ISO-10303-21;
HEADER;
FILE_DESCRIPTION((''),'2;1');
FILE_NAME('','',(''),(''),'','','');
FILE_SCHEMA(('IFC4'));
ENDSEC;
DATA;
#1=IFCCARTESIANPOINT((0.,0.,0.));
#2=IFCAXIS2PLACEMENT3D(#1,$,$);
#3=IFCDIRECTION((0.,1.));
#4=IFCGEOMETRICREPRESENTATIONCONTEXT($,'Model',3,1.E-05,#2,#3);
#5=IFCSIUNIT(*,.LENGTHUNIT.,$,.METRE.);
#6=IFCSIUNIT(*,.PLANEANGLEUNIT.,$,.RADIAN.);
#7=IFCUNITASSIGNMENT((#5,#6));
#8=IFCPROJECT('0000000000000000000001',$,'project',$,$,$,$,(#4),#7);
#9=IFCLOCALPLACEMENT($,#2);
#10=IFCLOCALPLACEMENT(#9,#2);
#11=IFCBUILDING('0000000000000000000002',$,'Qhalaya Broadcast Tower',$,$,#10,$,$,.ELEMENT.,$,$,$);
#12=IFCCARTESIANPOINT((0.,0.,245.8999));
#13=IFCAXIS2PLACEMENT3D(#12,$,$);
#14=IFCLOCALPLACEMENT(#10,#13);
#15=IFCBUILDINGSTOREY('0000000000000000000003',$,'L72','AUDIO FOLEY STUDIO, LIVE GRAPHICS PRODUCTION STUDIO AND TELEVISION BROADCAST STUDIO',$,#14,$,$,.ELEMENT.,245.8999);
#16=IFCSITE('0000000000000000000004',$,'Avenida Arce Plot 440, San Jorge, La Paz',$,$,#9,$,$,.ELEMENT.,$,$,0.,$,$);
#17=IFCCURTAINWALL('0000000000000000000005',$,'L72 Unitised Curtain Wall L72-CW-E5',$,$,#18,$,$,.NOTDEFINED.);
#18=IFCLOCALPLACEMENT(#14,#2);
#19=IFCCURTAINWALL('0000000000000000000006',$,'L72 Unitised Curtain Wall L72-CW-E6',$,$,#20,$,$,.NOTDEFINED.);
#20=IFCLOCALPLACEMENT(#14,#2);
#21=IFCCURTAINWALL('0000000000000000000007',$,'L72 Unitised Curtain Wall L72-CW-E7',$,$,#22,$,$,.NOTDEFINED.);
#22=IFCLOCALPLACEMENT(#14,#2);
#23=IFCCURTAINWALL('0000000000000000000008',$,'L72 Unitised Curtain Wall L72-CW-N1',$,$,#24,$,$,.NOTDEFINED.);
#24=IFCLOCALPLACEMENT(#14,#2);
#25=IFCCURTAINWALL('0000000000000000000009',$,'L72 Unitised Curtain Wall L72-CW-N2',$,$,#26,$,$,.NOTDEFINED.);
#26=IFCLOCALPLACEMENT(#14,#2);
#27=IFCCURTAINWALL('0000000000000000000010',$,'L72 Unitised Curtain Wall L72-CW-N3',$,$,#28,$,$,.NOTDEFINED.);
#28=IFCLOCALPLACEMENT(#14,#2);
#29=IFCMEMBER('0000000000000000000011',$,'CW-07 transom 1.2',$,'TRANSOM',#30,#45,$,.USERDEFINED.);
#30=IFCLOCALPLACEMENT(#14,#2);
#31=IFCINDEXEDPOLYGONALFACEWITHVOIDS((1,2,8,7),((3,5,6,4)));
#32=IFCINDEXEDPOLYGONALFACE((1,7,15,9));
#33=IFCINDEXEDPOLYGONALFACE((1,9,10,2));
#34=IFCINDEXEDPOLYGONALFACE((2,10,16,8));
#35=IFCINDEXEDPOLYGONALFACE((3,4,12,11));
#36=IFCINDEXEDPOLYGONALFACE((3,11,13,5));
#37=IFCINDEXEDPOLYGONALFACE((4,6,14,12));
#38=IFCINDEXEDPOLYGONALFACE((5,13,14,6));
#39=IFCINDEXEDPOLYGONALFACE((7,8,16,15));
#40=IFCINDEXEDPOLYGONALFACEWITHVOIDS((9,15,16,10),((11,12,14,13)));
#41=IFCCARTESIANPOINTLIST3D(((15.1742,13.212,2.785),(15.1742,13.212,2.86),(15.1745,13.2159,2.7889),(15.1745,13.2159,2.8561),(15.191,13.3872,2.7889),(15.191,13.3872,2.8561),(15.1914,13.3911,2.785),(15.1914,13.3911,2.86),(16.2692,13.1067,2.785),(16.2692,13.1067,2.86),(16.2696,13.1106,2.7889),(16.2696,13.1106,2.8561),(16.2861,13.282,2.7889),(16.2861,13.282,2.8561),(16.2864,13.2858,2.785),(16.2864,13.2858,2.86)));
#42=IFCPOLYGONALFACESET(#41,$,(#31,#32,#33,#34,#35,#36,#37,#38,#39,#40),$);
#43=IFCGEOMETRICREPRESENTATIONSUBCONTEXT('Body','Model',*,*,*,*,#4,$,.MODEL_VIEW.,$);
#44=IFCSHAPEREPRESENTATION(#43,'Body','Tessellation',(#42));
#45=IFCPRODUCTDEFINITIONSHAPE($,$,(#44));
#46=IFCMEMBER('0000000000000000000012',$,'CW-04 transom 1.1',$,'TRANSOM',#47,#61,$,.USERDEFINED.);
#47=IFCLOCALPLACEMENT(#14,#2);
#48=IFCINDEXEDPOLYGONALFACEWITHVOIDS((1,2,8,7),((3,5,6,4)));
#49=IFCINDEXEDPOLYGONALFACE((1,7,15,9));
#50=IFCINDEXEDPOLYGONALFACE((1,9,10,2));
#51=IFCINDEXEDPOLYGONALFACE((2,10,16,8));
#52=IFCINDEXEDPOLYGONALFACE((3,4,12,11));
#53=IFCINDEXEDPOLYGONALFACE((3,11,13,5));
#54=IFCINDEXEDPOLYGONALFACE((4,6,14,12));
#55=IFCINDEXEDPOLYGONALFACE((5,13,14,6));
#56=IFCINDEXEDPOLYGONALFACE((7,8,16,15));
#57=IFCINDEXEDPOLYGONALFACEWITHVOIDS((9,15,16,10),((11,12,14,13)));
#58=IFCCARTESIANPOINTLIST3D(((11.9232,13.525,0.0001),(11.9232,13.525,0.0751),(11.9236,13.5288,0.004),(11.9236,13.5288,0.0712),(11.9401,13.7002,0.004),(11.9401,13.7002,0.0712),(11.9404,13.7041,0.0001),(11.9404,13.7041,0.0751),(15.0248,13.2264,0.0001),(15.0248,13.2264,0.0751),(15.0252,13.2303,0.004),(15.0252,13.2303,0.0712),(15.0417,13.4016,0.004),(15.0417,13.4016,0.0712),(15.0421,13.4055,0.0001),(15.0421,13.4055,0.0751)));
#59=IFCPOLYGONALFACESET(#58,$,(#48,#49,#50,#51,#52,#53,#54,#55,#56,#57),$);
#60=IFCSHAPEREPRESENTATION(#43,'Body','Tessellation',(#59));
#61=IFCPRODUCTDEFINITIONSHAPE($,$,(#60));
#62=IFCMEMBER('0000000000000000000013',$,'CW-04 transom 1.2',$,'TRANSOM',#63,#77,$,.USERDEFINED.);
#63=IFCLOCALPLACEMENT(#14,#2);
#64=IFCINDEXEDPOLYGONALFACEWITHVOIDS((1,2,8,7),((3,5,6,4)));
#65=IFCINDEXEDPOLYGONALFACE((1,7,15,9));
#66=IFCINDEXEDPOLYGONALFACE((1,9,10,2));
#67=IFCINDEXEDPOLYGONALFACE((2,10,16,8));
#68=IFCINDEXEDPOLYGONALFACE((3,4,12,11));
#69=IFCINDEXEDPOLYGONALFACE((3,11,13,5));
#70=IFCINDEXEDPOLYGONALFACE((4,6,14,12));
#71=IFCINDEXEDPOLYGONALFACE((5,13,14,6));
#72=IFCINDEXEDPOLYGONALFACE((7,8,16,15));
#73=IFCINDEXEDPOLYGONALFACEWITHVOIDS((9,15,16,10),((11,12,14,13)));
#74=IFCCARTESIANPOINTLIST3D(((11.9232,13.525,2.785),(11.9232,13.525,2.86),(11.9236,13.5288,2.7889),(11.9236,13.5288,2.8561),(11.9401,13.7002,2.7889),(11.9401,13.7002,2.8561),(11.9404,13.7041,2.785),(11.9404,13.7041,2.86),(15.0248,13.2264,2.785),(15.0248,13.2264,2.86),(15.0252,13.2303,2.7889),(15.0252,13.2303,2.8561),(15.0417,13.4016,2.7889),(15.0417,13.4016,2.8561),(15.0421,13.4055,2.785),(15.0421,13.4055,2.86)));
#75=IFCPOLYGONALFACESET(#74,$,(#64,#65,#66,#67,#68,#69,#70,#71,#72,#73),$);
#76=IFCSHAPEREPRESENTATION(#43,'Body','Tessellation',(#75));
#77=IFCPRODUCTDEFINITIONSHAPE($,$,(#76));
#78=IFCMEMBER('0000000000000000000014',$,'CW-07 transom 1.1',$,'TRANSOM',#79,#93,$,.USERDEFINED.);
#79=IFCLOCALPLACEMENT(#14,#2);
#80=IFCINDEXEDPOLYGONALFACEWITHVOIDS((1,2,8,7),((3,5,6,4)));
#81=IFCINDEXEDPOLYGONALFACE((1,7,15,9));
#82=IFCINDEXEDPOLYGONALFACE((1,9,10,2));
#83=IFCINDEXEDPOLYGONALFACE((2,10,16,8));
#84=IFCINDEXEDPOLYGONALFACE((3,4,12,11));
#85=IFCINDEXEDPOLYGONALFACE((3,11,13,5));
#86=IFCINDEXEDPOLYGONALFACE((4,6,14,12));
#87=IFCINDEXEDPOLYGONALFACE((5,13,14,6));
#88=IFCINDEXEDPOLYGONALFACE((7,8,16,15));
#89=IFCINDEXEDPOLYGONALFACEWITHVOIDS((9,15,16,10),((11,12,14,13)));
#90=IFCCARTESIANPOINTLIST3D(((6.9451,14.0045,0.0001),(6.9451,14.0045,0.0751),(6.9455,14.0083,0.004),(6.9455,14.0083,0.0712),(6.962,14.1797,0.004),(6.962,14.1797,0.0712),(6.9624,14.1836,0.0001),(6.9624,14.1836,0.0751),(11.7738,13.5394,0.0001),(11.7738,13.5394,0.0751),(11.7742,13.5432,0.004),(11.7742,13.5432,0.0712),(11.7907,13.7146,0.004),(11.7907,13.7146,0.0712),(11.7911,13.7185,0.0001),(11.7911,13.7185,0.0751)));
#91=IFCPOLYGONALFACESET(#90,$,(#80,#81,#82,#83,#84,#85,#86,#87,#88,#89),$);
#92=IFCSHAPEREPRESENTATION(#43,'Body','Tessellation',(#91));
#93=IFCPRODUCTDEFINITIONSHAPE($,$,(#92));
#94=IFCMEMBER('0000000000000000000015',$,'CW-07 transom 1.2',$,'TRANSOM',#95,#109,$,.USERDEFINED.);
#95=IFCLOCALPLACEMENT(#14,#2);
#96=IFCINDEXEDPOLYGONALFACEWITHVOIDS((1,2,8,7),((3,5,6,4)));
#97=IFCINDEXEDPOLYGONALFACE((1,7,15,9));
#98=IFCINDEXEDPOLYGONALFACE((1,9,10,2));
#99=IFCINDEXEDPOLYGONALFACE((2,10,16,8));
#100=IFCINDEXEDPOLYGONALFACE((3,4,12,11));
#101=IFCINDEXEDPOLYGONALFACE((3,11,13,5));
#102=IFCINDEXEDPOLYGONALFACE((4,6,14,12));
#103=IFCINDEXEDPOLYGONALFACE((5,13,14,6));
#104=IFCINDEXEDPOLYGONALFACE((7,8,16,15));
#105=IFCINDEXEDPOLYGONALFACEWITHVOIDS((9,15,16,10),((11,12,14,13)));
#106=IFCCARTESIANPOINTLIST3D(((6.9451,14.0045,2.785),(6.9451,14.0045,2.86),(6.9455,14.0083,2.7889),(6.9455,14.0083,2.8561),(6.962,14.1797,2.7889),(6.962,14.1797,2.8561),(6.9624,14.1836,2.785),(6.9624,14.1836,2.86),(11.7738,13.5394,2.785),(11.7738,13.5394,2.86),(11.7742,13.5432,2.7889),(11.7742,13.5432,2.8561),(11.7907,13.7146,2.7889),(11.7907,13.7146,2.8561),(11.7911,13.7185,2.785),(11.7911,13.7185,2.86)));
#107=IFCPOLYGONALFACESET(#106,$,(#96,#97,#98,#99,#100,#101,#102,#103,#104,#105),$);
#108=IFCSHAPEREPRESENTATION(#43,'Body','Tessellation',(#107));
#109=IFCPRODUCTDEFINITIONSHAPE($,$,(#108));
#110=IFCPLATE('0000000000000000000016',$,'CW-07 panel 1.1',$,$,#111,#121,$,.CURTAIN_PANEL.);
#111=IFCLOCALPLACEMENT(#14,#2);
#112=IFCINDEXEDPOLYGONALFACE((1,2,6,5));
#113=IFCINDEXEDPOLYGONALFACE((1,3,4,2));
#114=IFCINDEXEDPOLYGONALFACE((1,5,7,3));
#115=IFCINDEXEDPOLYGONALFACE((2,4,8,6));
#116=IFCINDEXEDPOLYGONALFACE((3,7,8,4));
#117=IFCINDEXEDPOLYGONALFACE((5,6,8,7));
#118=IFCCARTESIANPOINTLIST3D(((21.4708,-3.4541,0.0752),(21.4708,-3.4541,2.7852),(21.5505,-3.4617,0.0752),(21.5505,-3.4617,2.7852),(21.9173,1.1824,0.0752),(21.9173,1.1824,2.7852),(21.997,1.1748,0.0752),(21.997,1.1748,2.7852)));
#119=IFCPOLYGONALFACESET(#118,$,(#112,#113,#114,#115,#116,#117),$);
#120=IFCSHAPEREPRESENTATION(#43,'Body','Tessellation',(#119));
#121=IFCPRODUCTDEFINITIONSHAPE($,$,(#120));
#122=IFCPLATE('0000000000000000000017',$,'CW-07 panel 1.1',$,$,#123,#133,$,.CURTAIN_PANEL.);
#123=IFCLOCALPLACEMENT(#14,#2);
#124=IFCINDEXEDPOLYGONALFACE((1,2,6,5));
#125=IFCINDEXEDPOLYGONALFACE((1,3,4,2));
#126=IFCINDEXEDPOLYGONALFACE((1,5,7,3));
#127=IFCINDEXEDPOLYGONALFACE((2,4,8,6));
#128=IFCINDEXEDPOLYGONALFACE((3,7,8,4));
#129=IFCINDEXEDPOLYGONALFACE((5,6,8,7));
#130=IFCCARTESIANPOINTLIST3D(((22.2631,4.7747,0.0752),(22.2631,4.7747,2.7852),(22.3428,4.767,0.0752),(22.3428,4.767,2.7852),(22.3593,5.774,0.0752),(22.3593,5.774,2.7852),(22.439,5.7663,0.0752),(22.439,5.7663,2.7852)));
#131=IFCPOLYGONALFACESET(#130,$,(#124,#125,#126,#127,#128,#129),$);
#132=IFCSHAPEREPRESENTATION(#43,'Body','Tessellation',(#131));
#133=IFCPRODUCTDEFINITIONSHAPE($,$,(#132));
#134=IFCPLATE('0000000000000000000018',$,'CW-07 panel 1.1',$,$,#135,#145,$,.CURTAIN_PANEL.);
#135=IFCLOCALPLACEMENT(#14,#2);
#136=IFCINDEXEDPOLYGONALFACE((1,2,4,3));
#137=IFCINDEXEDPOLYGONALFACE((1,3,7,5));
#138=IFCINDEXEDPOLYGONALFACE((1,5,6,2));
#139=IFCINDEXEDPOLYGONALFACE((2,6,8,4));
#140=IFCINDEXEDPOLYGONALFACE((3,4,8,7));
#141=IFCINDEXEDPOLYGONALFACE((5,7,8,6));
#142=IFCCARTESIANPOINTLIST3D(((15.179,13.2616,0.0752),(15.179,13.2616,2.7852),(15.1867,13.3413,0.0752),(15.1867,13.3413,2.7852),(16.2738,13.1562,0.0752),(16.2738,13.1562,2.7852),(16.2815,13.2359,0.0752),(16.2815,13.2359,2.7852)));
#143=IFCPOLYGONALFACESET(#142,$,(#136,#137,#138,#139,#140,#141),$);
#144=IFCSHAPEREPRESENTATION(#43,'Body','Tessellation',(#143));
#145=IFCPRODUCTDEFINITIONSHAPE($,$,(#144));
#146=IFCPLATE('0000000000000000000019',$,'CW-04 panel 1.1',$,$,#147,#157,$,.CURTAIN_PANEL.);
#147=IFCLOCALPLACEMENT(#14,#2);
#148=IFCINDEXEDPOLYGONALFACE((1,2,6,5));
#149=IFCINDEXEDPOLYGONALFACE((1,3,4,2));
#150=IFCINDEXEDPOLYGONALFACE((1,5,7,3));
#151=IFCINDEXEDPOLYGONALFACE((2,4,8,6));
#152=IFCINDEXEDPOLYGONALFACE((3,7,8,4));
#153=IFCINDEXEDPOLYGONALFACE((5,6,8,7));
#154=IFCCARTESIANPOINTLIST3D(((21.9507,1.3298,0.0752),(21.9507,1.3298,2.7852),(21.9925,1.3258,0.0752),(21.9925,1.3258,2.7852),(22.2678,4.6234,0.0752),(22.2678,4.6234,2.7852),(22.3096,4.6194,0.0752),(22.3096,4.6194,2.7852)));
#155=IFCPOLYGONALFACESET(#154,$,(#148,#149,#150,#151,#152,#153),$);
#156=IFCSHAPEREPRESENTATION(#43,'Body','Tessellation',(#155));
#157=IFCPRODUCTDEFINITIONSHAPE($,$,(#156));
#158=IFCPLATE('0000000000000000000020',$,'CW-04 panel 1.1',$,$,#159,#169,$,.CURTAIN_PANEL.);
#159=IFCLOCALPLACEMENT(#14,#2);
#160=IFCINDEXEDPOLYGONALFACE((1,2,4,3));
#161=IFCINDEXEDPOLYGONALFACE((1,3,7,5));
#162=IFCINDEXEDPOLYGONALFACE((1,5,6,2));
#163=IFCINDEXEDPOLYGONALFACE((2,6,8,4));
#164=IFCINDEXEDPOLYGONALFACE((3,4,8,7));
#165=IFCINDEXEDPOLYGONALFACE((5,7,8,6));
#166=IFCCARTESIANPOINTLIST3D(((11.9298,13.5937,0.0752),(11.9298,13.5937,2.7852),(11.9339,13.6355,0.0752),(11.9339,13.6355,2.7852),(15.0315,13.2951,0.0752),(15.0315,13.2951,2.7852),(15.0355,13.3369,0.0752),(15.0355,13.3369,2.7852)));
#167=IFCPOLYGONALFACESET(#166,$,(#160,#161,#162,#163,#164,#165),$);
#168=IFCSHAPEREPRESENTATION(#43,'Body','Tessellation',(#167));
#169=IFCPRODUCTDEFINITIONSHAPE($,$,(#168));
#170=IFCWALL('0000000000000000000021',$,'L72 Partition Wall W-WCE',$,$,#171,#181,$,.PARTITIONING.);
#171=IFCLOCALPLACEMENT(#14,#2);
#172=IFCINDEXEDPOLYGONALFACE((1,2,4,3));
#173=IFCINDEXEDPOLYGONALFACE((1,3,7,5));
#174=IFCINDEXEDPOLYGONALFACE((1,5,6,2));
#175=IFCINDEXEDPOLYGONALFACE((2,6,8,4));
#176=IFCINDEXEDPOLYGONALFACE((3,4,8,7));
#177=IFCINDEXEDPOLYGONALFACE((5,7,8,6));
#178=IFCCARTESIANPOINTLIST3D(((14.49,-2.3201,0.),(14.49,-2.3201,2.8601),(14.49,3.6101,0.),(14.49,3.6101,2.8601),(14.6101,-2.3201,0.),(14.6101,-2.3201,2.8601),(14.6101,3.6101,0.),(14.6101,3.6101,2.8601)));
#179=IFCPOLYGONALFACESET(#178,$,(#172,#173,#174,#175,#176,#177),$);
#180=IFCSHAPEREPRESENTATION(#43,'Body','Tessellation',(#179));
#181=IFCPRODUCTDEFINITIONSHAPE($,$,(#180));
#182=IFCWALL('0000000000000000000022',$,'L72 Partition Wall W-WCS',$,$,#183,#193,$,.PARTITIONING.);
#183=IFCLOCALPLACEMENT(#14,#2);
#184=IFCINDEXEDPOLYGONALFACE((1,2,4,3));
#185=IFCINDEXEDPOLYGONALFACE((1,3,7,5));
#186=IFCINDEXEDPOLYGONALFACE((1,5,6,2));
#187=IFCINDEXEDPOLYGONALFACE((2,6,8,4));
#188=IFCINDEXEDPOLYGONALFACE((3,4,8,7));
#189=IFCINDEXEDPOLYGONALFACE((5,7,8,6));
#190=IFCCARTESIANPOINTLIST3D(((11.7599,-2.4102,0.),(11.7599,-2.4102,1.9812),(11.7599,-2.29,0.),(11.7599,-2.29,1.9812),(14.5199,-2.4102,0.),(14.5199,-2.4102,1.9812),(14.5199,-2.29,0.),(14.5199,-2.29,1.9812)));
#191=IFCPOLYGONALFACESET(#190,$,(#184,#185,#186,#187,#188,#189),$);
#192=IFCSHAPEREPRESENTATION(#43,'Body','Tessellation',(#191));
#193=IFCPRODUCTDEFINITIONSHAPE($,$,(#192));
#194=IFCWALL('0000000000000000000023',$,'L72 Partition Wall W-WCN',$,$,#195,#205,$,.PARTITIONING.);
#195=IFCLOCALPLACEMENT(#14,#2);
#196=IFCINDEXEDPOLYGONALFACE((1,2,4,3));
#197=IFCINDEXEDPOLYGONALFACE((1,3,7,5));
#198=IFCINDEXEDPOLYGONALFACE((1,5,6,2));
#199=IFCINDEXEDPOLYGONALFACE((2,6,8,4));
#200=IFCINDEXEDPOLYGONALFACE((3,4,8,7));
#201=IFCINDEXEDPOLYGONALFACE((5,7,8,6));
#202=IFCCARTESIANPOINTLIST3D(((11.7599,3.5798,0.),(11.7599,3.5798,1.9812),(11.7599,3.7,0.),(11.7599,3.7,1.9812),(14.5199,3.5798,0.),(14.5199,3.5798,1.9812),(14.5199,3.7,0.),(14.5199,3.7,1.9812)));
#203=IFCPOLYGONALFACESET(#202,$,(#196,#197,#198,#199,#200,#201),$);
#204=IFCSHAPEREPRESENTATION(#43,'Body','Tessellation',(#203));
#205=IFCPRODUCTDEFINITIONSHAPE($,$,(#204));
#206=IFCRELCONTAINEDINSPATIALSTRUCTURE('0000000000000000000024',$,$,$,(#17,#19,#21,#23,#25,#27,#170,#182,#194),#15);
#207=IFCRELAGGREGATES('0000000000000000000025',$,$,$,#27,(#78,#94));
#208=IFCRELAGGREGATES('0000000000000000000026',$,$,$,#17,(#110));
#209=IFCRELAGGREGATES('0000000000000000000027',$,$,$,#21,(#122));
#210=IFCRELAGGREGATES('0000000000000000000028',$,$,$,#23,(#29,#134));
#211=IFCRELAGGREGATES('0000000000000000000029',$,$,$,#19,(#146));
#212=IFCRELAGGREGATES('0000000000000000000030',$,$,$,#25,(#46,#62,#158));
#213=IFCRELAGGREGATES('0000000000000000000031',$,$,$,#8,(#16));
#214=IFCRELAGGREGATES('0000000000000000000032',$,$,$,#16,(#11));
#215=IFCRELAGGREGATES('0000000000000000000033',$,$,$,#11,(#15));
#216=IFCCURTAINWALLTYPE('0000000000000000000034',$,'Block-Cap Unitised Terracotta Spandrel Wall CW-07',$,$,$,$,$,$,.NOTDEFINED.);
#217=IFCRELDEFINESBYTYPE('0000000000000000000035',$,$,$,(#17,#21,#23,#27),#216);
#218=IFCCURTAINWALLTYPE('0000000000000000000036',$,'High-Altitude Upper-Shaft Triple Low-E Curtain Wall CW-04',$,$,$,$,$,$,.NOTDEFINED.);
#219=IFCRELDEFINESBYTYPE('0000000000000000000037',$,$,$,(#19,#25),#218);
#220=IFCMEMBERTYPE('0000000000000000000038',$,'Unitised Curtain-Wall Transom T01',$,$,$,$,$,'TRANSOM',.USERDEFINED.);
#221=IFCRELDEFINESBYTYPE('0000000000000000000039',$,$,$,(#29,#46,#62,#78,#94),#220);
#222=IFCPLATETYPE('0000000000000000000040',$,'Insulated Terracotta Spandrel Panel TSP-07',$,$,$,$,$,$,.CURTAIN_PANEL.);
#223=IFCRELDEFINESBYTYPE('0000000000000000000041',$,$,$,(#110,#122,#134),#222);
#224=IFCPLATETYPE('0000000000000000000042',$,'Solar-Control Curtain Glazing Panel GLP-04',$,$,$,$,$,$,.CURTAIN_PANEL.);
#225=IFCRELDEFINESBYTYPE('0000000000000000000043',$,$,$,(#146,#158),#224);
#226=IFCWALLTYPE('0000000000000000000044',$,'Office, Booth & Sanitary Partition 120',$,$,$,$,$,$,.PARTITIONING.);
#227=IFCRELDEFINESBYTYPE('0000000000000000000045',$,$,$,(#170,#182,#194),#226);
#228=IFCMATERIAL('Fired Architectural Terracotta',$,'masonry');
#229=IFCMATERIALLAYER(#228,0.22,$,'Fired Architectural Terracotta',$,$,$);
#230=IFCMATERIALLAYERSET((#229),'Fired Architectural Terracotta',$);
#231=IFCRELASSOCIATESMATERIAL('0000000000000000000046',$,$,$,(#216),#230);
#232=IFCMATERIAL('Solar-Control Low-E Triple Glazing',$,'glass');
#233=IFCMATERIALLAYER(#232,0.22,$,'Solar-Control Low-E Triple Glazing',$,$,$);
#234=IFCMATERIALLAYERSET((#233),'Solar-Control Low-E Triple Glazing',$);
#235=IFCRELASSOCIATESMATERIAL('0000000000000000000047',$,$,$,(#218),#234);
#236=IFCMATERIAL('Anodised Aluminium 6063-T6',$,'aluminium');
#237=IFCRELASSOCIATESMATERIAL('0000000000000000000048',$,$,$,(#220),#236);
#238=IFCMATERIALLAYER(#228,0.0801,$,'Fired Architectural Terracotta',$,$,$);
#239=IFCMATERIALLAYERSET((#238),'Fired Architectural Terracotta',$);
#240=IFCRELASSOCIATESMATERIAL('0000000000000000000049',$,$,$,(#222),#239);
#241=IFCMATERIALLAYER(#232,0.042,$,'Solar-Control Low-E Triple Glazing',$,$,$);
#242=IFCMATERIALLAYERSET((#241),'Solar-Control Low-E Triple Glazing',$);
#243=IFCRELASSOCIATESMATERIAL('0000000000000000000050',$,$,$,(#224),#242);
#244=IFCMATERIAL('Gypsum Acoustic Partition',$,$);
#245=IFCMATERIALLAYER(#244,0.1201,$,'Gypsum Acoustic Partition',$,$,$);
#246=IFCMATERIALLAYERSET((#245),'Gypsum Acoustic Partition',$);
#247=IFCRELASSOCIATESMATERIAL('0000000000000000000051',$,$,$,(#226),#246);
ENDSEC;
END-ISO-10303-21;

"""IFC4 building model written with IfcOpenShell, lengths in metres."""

from ifc_helpers import new_model, si_unit, direction, frame, frame_2d, origin, origin_2d, place, context, subcontext, project, spatial, rectangle, hollow_rectangle, extrude, material, layer, layer_set, material_profile, profile_set, type_object, element, aggregate, save


model = new_model("IFC4")

# Units and contexts
model_context = context("Model", 3, precision=1e-05, world=origin(), true_north=direction((0.0, 1.0)))
body_context = subcontext(model_context, "Body", "Model", "MODEL_VIEW")
ifc_project = project(units=[si_unit("LENGTHUNIT", "METRE"), si_unit("PLANEANGLEUNIT", "RADIAN")], contexts=[model_context])

# Site, building, storey
site_placement = place(None, origin())
site = spatial("IfcSite", under=ifc_project, at=site_placement, Name="Avenida Arce Plot 440, San Jorge, La Paz", CompositionType="ELEMENT", RefElevation=0.0)
building_placement = place(site_placement, origin())
building = spatial("IfcBuilding", under=site, at=building_placement, Name="Qhalaya Broadcast Tower", CompositionType="ELEMENT")
storey_placement = place(building_placement, frame((0.0, 0.0, 245.8999)))
storey = spatial("IfcBuildingStorey", under=building, at=storey_placement, Name="L72", Description="AUDIO FOLEY STUDIO, LIVE GRAPHICS PRODUCTION STUDIO AND TELEVISION BROADCAST STUDIO", CompositionType="ELEMENT", Elevation=245.8999)

# Curtain wall
ifc_material_1 = material(Name="Fired Architectural Terracotta", Category="masonry")
ifc_layer_1 = layer(ifc_material_1, 0.22, Name="Fired Architectural Terracotta")
ifc_layer_set_1 = layer_set([ifc_layer_1], Name="Fired Architectural Terracotta")
curtain_wall_type_1 = type_object("IfcCurtainWallType", Name="Block-Cap Unitised Terracotta Spandrel Wall CW-07", PredefinedType="NOTDEFINED", material=ifc_layer_set_1)
curtain_wall_1_placement = place(storey_placement, origin())
curtain_wall_1 = element("IfcCurtainWall", 1, at=curtain_wall_1_placement, inside=storey, type_object=curtain_wall_type_1, Name="L72 Unitised Curtain Wall L72-CW-E5", PredefinedType="NOTDEFINED")
ifc_material_2 = material(Name="Anodised Aluminium 6063-T6", Category="aluminium")

# Curtain walls
ifc_material_3 = material(Name="Solar-Control Low-E Triple Glazing", Category="glass")
ifc_layer_2 = layer(ifc_material_3, 0.22, Name="Solar-Control Low-E Triple Glazing")
ifc_layer_set_2 = layer_set([ifc_layer_2], Name="Solar-Control Low-E Triple Glazing")
curtain_wall_type_2 = type_object("IfcCurtainWallType", Name="High-Altitude Upper-Shaft Triple Low-E Curtain Wall CW-04", PredefinedType="NOTDEFINED", material=ifc_layer_set_2)
curtain_wall_2_placement = place(storey_placement, origin())
curtain_wall_2 = element("IfcCurtainWall", 2, at=curtain_wall_2_placement, inside=storey, type_object=curtain_wall_type_2, Name="L72 Unitised Curtain Wall L72-CW-E6", PredefinedType="NOTDEFINED")
curtain_wall_3_placement = place(storey_placement, origin())
curtain_wall_3 = element("IfcCurtainWall", 3, at=curtain_wall_3_placement, inside=storey, type_object=curtain_wall_type_1, Name="L72 Unitised Curtain Wall L72-CW-E7", PredefinedType="NOTDEFINED")
curtain_wall_4_placement = place(storey_placement, origin())
curtain_wall_4 = element("IfcCurtainWall", 4, at=curtain_wall_4_placement, inside=storey, type_object=curtain_wall_type_1, Name="L72 Unitised Curtain Wall L72-CW-N1", PredefinedType="NOTDEFINED")
curtain_wall_5_placement = place(storey_placement, origin())
curtain_wall_5 = element("IfcCurtainWall", 5, at=curtain_wall_5_placement, inside=storey, type_object=curtain_wall_type_2, Name="L72 Unitised Curtain Wall L72-CW-N2", PredefinedType="NOTDEFINED")

# Curtain wall
curtain_wall_6_placement = place(storey_placement, origin())
curtain_wall_6 = element("IfcCurtainWall", 6, at=curtain_wall_6_placement, inside=storey, type_object=curtain_wall_type_1, Name="L72 Unitised Curtain Wall L72-CW-N3", PredefinedType="NOTDEFINED")

# Members
ifc_material_profile_1 = material_profile(ifc_material_2, hollow_rectangle(XDim=0.075, YDim=0.1799, WallThickness=0.0039, at=origin_2d()), Name="ALU-TRN 75x180x4")
ifc_profile_set_1 = profile_set([ifc_material_profile_1], Name="Anodised Aluminium 6063-T6")
member_type_1 = type_object("IfcMemberType", Name="Unitised Curtain-Wall Transom T01", ElementType="TRANSOM", PredefinedType="USERDEFINED", material=ifc_profile_set_1)
member_1_placement = place(storey_placement, frame((16.2778, 13.1963, 2.8225), z_axis=(-0.995414, 0.095657, 0.0), x_axis=(0.0, 0.0, 1.0)))
member_1 = element("IfcMember", 7, at=member_1_placement, type_object=member_type_1, Name="CW-07 transom 1.2", ObjectType="TRANSOM", PredefinedType="USERDEFINED", context=body_context, shape_type="SweptSolid", body=[
    extrude(hollow_rectangle(XDim=0.075, YDim=0.1799, WallThickness=0.0039, at=origin_2d()), origin(), (0.0, 0.0, 1.0), 1.1001),
])
member_2_placement = place(storey_placement, frame((15.0334, 13.3159, 0.0376), z_axis=(-0.995398, 0.095826, 0.0), x_axis=(0.0, 0.0, 1.0)))
member_2 = element("IfcMember", 8, at=member_2_placement, type_object=member_type_1, Name="CW-04 transom 1.1", ObjectType="TRANSOM", PredefinedType="USERDEFINED", context=body_context, shape_type="SweptSolid", body=[
    extrude(hollow_rectangle(XDim=0.075, YDim=0.1799, WallThickness=0.0039, at=origin_2d()), origin(), (0.0, 0.0, 1.0), 3.116),
])
member_3_placement = place(storey_placement, frame((15.0334, 13.3159, 2.8225), z_axis=(-0.995398, 0.095826, 0.0), x_axis=(0.0, 0.0, 1.0)))
member_3 = element("IfcMember", 9, at=member_3_placement, type_object=member_type_1, Name="CW-04 transom 1.2", ObjectType="TRANSOM", PredefinedType="USERDEFINED", context=body_context, shape_type="SweptSolid", body=[
    extrude(hollow_rectangle(XDim=0.075, YDim=0.1799, WallThickness=0.0039, at=origin_2d()), origin(), (0.0, 0.0, 1.0), 3.116),
])
member_4_placement = place(storey_placement, frame((11.7825, 13.6289, 0.0376), z_axis=(-0.995393, 0.095875, 0.0), x_axis=(0.0, 0.0, 1.0)))
member_4 = element("IfcMember", 10, at=member_4_placement, type_object=member_type_1, Name="CW-07 transom 1.1", ObjectType="TRANSOM", PredefinedType="USERDEFINED", context=body_context, shape_type="SweptSolid", body=[
    extrude(hollow_rectangle(XDim=0.075, YDim=0.1799, WallThickness=0.0039, at=origin_2d()), origin(), (0.0, 0.0, 1.0), 4.8511),
])
member_5_placement = place(storey_placement, frame((11.7825, 13.6289, 2.8225), z_axis=(-0.995393, 0.095875, 0.0), x_axis=(0.0, 0.0, 1.0)))
member_5 = element("IfcMember", 11, at=member_5_placement, type_object=member_type_1, Name="CW-07 transom 1.2", ObjectType="TRANSOM", PredefinedType="USERDEFINED", context=body_context, shape_type="SweptSolid", body=[
    extrude(hollow_rectangle(XDim=0.075, YDim=0.1799, WallThickness=0.0039, at=origin_2d()), origin(), (0.0, 0.0, 1.0), 4.8511),
])
aggregate(curtain_wall_6, [member_4, member_5])

# Plates
ifc_layer_3 = layer(ifc_material_1, 0.0801, Name="Fired Architectural Terracotta")
ifc_layer_set_3 = layer_set([ifc_layer_3], Name="Fired Architectural Terracotta")
plate_type_1 = type_object("IfcPlateType", Name="Insulated Terracotta Spandrel Panel TSP-07", PredefinedType="CURTAIN_PANEL", material=ifc_layer_set_3)
plate_1_placement = place(storey_placement, frame((21.7339, -1.1396, 0.0752), z_axis=(0.0, 0.0, 1.0), x_axis=(0.09586, 0.995395, 0.0)))
plate_1 = element("IfcPlate", 12, at=plate_1_placement, type_object=plate_type_1, Name="CW-07 panel 1.1", PredefinedType="CURTAIN_PANEL", context=body_context, shape_type="SweptSolid", body=[
    extrude(rectangle(XDim=4.658, YDim=0.0801, at=origin_2d()), origin(), (0.0, 0.0, 1.0), 2.71),
])
aggregate(curtain_wall_1, [plate_1])
plate_2_placement = place(storey_placement, frame((22.3511, 5.2705, 0.0752), z_axis=(0.0, 0.0, 1.0), x_axis=(0.09584, 0.995397, 0.0)))
plate_2 = element("IfcPlate", 13, at=plate_2_placement, type_object=plate_type_1, Name="CW-07 panel 1.1", PredefinedType="CURTAIN_PANEL", context=body_context, shape_type="SweptSolid", body=[
    extrude(rectangle(XDim=1.0039, YDim=0.0801, at=origin_2d()), origin(), (0.0, 0.0, 1.0), 2.71),
])
aggregate(curtain_wall_3, [plate_2])
plate_3_placement = place(storey_placement, frame((15.7302, 13.2488, 0.0752), z_axis=(0.0, 0.0, 1.0), x_axis=(-0.995396, 0.095844, 0.0)))
plate_3 = element("IfcPlate", 14, at=plate_3_placement, type_object=plate_type_1, Name="CW-07 panel 1.1", PredefinedType="CURTAIN_PANEL", context=body_context, shape_type="SweptSolid", body=[
    extrude(rectangle(XDim=1.0999, YDim=0.0801, at=origin_2d()), origin(), (0.0, 0.0, 1.0), 2.71),
])
aggregate(curtain_wall_4, [member_1, plate_3])
ifc_layer_4 = layer(ifc_material_3, 0.042, Name="Solar-Control Low-E Triple Glazing")
ifc_layer_set_4 = layer_set([ifc_layer_4], Name="Solar-Control Low-E Triple Glazing")
plate_type_2 = type_object("IfcPlateType", Name="Solar-Control Curtain Glazing Panel GLP-04", PredefinedType="CURTAIN_PANEL", material=ifc_layer_set_4)
plate_4_placement = place(storey_placement, frame((22.1301, 2.9746, 0.0752), z_axis=(0.0, 0.0, 1.0), x_axis=(0.095839, 0.995397, 0.0)))
plate_4 = element("IfcPlate", 15, at=plate_4_placement, type_object=plate_type_2, Name="CW-04 panel 1.1", PredefinedType="CURTAIN_PANEL", context=body_context, shape_type="SweptSolid", body=[
    extrude(rectangle(XDim=3.3088, YDim=0.042, at=origin_2d()), origin(), (0.0, 0.0, 1.0), 2.71),
])
aggregate(curtain_wall_2, [plate_4])
plate_5_placement = place(storey_placement, frame((13.4827, 13.4653, 0.0752), z_axis=(0.0, 0.0, 1.0), x_axis=(-0.995397, 0.095835, 0.0)))
plate_5 = element("IfcPlate", 16, at=plate_5_placement, type_object=plate_type_2, Name="CW-04 panel 1.1", PredefinedType="CURTAIN_PANEL", context=body_context, shape_type="SweptSolid", body=[
    extrude(rectangle(XDim=3.116, YDim=0.042, at=origin_2d()), origin(), (0.0, 0.0, 1.0), 2.71),
])
aggregate(curtain_wall_5, [member_2, member_3, plate_5])

# Walls
ifc_material_4 = material(Name="Gypsum Acoustic Partition")
ifc_layer_5 = layer(ifc_material_4, 0.1201, Name="Gypsum Acoustic Partition")
ifc_layer_set_5 = layer_set([ifc_layer_5], Name="Gypsum Acoustic Partition")
wall_type = type_object("IfcWallType", Name="Office, Booth & Sanitary Partition 120", PredefinedType="PARTITIONING", material=ifc_layer_set_5)
wall_1_placement = place(storey_placement, frame((14.55, -2.3201, 0.0), z_axis=(0.0, 0.0, 1.0), x_axis=(0.0, 1.0, 0.0)))
element("IfcWall", 17, at=wall_1_placement, inside=storey, type_object=wall_type, Name="L72 Partition Wall W-WCE", PredefinedType="PARTITIONING", context=body_context, shape_type="SweptSolid", body=[
    extrude(rectangle(XDim=5.9302, YDim=0.1201, at=frame_2d((2.9651, 0.0))), origin(), (0.0, 0.0, 1.0), 2.8601),
])
for number, where, z_axis, x_axis, name in (
    (18, (11.76, -2.3501, 0.0), (0.0, 0.0, 1.0), (1.0, 0.0, 0.0), "L72 Partition Wall W-WCS"),
    (19, (11.76, 3.6399, 0.0), (0.0, 0.0, 1.0), (1.0, 0.0, 0.0), "L72 Partition Wall W-WCN"),
):
    element("IfcWall", number, at=place(storey_placement, frame(where, z_axis=z_axis, x_axis=x_axis)), inside=storey, type_object=wall_type, Name=name, PredefinedType="PARTITIONING", context=body_context, shape_type="SweptSolid", body=[
        extrude(rectangle(XDim=2.76, YDim=0.1201, at=frame_2d((1.3799, 0.0))), origin(), (0.0, 0.0, 1.0), 1.9812),
    ])

save(model, "model.ifc")
